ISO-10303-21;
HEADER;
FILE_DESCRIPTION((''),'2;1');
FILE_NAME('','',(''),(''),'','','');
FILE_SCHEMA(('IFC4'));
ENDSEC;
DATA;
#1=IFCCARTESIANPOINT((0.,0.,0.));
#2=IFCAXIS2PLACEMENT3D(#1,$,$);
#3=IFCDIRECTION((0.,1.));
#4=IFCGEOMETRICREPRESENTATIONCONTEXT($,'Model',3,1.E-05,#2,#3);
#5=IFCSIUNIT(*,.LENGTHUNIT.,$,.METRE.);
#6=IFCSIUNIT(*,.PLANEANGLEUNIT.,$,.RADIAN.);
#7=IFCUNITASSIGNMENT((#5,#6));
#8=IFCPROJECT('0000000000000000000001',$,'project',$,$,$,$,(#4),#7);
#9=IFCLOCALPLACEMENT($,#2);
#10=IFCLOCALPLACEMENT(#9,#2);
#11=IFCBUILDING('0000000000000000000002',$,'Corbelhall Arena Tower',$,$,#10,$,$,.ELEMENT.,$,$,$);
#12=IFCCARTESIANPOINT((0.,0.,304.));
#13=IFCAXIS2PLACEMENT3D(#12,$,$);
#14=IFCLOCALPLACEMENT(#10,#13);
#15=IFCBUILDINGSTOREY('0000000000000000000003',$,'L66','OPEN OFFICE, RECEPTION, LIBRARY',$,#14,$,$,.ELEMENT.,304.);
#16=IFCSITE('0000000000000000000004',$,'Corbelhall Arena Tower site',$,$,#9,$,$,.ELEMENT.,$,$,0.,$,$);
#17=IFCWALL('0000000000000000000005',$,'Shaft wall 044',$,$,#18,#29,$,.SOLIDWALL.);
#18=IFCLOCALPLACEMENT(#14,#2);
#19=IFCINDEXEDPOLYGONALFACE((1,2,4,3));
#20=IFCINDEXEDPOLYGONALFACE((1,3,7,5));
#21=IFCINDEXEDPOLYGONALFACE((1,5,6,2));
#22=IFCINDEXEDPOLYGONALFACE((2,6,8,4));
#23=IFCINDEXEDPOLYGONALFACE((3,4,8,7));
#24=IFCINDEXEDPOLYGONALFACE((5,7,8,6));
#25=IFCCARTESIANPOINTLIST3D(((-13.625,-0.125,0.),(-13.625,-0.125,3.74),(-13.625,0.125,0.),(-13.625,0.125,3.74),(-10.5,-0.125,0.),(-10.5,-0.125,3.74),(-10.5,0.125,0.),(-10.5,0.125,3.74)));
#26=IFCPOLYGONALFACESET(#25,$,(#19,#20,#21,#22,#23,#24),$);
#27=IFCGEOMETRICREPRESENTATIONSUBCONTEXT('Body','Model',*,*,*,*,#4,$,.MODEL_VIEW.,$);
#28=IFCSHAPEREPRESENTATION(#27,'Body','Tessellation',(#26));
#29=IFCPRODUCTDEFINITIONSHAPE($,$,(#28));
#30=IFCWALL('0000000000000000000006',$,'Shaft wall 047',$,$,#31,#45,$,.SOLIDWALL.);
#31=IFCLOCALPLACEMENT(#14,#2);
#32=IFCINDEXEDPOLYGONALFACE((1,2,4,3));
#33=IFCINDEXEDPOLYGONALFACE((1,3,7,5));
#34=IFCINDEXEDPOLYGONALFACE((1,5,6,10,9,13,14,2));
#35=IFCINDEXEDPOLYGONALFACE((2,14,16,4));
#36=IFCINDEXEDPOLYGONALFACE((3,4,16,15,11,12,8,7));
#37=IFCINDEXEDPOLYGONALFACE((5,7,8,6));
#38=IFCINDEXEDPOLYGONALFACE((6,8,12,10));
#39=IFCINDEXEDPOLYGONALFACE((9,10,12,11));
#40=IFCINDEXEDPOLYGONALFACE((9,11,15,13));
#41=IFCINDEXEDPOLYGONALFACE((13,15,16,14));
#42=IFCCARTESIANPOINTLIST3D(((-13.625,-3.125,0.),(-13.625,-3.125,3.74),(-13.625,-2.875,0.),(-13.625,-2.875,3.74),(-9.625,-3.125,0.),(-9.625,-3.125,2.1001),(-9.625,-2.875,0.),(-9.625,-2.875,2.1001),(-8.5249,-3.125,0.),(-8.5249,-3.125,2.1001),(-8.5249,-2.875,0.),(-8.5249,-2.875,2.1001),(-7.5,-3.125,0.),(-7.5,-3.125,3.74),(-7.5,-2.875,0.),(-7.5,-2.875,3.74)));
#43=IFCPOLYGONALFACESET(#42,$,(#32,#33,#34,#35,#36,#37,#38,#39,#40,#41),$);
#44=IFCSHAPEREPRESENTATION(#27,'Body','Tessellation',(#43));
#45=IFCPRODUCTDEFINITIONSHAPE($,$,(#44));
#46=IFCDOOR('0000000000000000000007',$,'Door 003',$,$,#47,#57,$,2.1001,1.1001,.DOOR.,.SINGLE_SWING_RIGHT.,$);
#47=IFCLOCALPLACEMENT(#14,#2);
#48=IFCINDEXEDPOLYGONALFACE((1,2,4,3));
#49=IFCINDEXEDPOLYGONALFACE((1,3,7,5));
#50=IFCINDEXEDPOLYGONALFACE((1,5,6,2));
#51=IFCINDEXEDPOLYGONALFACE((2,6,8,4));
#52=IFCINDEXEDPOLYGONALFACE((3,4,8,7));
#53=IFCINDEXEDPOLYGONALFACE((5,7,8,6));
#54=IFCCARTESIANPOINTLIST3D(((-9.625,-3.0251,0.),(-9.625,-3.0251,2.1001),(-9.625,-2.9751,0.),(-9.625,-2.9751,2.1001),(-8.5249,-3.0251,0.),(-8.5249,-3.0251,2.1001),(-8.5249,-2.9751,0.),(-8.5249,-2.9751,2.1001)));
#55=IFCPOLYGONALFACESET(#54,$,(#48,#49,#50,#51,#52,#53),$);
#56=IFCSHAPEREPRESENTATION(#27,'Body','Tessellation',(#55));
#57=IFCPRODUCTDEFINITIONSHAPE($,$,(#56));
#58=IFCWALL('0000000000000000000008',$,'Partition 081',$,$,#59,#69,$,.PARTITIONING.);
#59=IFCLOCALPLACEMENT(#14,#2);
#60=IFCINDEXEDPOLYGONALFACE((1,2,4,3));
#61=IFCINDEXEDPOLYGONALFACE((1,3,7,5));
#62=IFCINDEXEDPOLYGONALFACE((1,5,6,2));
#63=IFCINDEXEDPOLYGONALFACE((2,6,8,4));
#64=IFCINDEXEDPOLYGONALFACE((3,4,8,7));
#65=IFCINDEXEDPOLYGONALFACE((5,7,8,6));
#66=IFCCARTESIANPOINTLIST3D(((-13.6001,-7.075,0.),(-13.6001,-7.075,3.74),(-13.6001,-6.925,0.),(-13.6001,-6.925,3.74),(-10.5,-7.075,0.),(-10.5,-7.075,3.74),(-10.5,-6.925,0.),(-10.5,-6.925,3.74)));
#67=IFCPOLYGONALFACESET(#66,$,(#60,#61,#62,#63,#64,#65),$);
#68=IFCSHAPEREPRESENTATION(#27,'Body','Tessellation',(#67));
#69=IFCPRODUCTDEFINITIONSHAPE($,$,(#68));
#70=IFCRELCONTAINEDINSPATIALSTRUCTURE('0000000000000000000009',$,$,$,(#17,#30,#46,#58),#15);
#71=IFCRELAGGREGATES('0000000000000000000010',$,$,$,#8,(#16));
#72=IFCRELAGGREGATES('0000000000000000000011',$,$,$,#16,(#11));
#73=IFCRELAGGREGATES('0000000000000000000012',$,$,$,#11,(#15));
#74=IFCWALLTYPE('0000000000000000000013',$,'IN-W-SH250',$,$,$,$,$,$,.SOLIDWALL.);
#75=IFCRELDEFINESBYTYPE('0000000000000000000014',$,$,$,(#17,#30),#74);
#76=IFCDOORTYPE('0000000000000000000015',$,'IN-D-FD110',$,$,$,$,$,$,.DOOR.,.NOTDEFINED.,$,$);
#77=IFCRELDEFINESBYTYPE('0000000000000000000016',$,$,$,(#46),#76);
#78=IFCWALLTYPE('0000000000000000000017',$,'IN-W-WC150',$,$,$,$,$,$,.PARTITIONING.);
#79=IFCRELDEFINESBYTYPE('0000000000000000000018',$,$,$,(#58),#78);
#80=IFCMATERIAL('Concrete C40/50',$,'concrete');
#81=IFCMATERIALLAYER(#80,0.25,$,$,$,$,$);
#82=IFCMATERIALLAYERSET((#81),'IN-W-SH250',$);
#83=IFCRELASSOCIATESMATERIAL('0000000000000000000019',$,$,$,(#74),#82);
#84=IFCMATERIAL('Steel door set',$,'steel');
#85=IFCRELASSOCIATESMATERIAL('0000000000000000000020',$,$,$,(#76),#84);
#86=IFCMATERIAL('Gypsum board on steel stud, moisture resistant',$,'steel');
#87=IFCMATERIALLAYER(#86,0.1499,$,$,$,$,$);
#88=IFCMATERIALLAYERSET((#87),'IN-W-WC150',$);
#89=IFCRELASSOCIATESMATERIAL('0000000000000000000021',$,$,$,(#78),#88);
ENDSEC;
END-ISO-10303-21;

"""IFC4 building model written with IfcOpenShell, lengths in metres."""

from ifc_helpers import new_model, si_unit, direction, frame, frame_2d, origin, place, context, subcontext, project, spatial, rectangle, extrude, material, layer, layer_set, type_object, element, fill, save


model = new_model("IFC4")

# Units and contexts
model_context = context("Model", 3, precision=1e-05, world=origin(), true_north=direction((0.0, 1.0)))
body_context = subcontext(model_context, "Body", "Model", "MODEL_VIEW")
ifc_project = project(units=[si_unit("LENGTHUNIT", "METRE"), si_unit("PLANEANGLEUNIT", "RADIAN")], contexts=[model_context])

# Site, building, storey
site_placement = place(None, origin())
site = spatial("IfcSite", under=ifc_project, at=site_placement, Name="Corbelhall Arena Tower site", CompositionType="ELEMENT", RefElevation=0.0)
building_placement = place(site_placement, origin())
building = spatial("IfcBuilding", under=site, at=building_placement, Name="Corbelhall Arena Tower", CompositionType="ELEMENT")
storey_placement = place(building_placement, frame((0.0, 0.0, 304.0)))
storey = spatial("IfcBuildingStorey", under=building, at=storey_placement, Name="L66", Description="OPEN OFFICE, RECEPTION, LIBRARY", CompositionType="ELEMENT", Elevation=304.0)

# Shared definitions
ifc_material_1 = material(Name="Steel door set", Category="steel")

# Wall
ifc_material_2 = material(Name="Concrete C40/50", Category="concrete")
ifc_layer_1 = layer(ifc_material_2, 0.25)
ifc_layer_set_1 = layer_set([ifc_layer_1], Name="IN-W-SH250")
wall_type_1 = type_object("IfcWallType", Name="IN-W-SH250", PredefinedType="SOLIDWALL", material=ifc_layer_set_1)
wall_1_placement = place(storey_placement, frame((-13.625, 0.0, 0.0), z_axis=(0.0, 0.0, 1.0), x_axis=(1.0, 0.0, 0.0)))
element("IfcWall", 1, at=wall_1_placement, inside=storey, type_object=wall_type_1, Name="Shaft wall 044", PredefinedType="SOLIDWALL", context=body_context, shape_type="SweptSolid", body=[
    extrude(rectangle(XDim=3.125, YDim=0.25, at=frame_2d((1.5625, 0.0))), origin(), (0.0, 0.0, 1.0), 3.74),
])

# Wall, opening, door
wall_2_placement = place(storey_placement, frame((-13.625, -3.0, 0.0), z_axis=(0.0, 0.0, 1.0), x_axis=(1.0, 0.0, 0.0)))
wall_2 = element("IfcWall", 2, at=wall_2_placement, inside=storey, type_object=wall_type_1, Name="Shaft wall 047", PredefinedType="SOLIDWALL", context=body_context, shape_type="SweptSolid", body=[
    extrude(rectangle(XDim=6.125, YDim=0.25, at=frame_2d((3.0625, 0.0))), origin(), (0.0, 0.0, 1.0), 3.74),
])
opening_1_placement = place(wall_2_placement, frame((4.0, 0.0, 0.0)))
opening_1 = element("IfcOpeningElement", 3, at=opening_1_placement, cuts=wall_2, PredefinedType="OPENING", context=body_context, shape_type="SweptSolid", body=[
    extrude(rectangle(XDim=1.1001, YDim=2.1001, at=frame_2d((0.55, 1.05))), frame((0.0, 0.125, 0.0), z_axis=(0.0, -1.0, 0.0), x_axis=(1.0, 0.0, 0.0)), (0.0, 0.0, 1.0), 0.25),
])
door_type_1 = type_object("IfcDoorType", Name="IN-D-FD110", OperationType="NOTDEFINED", PredefinedType="DOOR", material=ifc_material_1)
door_1_placement = place(opening_1_placement, origin())
door_1 = element("IfcDoor", 4, at=door_1_placement, inside=storey, type_object=door_type_1, Name="Door 003", OperationType="SINGLE_SWING_RIGHT", OverallHeight=2.1001, OverallWidth=1.1001, PredefinedType="DOOR", context=body_context, shape_type="SweptSolid", body=[
    extrude(rectangle(XDim=1.1001, YDim=2.1001, at=frame_2d((0.55, 1.05))), frame((0.0, 0.0249, 0.0), z_axis=(0.0, -1.0, 0.0), x_axis=(1.0, 0.0, 0.0)), (0.0, 0.0, 1.0), 0.05),
])
fill(opening_1, door_1)

# Wall
ifc_material_3 = material(Name="Gypsum board on steel stud, moisture resistant", Category="steel")
ifc_layer_2 = layer(ifc_material_3, 0.1499)
ifc_layer_set_2 = layer_set([ifc_layer_2], Name="IN-W-WC150")
wall_type_2 = type_object("IfcWallType", Name="IN-W-WC150", PredefinedType="PARTITIONING", material=ifc_layer_set_2)
wall_3_placement = place(storey_placement, frame((-13.6001, -7.0, 0.0), z_axis=(0.0, 0.0, 1.0), x_axis=(1.0, 0.0, 0.0)))
element("IfcWall", 5, at=wall_3_placement, inside=storey, type_object=wall_type_2, Name="Partition 081", PredefinedType="PARTITIONING", context=body_context, shape_type="SweptSolid", body=[
    extrude(rectangle(XDim=3.1001, YDim=0.1499, at=frame_2d((1.55, 0.0))), origin(), (0.0, 0.0, 1.0), 3.74),
])

save(model, "model.ifc")
